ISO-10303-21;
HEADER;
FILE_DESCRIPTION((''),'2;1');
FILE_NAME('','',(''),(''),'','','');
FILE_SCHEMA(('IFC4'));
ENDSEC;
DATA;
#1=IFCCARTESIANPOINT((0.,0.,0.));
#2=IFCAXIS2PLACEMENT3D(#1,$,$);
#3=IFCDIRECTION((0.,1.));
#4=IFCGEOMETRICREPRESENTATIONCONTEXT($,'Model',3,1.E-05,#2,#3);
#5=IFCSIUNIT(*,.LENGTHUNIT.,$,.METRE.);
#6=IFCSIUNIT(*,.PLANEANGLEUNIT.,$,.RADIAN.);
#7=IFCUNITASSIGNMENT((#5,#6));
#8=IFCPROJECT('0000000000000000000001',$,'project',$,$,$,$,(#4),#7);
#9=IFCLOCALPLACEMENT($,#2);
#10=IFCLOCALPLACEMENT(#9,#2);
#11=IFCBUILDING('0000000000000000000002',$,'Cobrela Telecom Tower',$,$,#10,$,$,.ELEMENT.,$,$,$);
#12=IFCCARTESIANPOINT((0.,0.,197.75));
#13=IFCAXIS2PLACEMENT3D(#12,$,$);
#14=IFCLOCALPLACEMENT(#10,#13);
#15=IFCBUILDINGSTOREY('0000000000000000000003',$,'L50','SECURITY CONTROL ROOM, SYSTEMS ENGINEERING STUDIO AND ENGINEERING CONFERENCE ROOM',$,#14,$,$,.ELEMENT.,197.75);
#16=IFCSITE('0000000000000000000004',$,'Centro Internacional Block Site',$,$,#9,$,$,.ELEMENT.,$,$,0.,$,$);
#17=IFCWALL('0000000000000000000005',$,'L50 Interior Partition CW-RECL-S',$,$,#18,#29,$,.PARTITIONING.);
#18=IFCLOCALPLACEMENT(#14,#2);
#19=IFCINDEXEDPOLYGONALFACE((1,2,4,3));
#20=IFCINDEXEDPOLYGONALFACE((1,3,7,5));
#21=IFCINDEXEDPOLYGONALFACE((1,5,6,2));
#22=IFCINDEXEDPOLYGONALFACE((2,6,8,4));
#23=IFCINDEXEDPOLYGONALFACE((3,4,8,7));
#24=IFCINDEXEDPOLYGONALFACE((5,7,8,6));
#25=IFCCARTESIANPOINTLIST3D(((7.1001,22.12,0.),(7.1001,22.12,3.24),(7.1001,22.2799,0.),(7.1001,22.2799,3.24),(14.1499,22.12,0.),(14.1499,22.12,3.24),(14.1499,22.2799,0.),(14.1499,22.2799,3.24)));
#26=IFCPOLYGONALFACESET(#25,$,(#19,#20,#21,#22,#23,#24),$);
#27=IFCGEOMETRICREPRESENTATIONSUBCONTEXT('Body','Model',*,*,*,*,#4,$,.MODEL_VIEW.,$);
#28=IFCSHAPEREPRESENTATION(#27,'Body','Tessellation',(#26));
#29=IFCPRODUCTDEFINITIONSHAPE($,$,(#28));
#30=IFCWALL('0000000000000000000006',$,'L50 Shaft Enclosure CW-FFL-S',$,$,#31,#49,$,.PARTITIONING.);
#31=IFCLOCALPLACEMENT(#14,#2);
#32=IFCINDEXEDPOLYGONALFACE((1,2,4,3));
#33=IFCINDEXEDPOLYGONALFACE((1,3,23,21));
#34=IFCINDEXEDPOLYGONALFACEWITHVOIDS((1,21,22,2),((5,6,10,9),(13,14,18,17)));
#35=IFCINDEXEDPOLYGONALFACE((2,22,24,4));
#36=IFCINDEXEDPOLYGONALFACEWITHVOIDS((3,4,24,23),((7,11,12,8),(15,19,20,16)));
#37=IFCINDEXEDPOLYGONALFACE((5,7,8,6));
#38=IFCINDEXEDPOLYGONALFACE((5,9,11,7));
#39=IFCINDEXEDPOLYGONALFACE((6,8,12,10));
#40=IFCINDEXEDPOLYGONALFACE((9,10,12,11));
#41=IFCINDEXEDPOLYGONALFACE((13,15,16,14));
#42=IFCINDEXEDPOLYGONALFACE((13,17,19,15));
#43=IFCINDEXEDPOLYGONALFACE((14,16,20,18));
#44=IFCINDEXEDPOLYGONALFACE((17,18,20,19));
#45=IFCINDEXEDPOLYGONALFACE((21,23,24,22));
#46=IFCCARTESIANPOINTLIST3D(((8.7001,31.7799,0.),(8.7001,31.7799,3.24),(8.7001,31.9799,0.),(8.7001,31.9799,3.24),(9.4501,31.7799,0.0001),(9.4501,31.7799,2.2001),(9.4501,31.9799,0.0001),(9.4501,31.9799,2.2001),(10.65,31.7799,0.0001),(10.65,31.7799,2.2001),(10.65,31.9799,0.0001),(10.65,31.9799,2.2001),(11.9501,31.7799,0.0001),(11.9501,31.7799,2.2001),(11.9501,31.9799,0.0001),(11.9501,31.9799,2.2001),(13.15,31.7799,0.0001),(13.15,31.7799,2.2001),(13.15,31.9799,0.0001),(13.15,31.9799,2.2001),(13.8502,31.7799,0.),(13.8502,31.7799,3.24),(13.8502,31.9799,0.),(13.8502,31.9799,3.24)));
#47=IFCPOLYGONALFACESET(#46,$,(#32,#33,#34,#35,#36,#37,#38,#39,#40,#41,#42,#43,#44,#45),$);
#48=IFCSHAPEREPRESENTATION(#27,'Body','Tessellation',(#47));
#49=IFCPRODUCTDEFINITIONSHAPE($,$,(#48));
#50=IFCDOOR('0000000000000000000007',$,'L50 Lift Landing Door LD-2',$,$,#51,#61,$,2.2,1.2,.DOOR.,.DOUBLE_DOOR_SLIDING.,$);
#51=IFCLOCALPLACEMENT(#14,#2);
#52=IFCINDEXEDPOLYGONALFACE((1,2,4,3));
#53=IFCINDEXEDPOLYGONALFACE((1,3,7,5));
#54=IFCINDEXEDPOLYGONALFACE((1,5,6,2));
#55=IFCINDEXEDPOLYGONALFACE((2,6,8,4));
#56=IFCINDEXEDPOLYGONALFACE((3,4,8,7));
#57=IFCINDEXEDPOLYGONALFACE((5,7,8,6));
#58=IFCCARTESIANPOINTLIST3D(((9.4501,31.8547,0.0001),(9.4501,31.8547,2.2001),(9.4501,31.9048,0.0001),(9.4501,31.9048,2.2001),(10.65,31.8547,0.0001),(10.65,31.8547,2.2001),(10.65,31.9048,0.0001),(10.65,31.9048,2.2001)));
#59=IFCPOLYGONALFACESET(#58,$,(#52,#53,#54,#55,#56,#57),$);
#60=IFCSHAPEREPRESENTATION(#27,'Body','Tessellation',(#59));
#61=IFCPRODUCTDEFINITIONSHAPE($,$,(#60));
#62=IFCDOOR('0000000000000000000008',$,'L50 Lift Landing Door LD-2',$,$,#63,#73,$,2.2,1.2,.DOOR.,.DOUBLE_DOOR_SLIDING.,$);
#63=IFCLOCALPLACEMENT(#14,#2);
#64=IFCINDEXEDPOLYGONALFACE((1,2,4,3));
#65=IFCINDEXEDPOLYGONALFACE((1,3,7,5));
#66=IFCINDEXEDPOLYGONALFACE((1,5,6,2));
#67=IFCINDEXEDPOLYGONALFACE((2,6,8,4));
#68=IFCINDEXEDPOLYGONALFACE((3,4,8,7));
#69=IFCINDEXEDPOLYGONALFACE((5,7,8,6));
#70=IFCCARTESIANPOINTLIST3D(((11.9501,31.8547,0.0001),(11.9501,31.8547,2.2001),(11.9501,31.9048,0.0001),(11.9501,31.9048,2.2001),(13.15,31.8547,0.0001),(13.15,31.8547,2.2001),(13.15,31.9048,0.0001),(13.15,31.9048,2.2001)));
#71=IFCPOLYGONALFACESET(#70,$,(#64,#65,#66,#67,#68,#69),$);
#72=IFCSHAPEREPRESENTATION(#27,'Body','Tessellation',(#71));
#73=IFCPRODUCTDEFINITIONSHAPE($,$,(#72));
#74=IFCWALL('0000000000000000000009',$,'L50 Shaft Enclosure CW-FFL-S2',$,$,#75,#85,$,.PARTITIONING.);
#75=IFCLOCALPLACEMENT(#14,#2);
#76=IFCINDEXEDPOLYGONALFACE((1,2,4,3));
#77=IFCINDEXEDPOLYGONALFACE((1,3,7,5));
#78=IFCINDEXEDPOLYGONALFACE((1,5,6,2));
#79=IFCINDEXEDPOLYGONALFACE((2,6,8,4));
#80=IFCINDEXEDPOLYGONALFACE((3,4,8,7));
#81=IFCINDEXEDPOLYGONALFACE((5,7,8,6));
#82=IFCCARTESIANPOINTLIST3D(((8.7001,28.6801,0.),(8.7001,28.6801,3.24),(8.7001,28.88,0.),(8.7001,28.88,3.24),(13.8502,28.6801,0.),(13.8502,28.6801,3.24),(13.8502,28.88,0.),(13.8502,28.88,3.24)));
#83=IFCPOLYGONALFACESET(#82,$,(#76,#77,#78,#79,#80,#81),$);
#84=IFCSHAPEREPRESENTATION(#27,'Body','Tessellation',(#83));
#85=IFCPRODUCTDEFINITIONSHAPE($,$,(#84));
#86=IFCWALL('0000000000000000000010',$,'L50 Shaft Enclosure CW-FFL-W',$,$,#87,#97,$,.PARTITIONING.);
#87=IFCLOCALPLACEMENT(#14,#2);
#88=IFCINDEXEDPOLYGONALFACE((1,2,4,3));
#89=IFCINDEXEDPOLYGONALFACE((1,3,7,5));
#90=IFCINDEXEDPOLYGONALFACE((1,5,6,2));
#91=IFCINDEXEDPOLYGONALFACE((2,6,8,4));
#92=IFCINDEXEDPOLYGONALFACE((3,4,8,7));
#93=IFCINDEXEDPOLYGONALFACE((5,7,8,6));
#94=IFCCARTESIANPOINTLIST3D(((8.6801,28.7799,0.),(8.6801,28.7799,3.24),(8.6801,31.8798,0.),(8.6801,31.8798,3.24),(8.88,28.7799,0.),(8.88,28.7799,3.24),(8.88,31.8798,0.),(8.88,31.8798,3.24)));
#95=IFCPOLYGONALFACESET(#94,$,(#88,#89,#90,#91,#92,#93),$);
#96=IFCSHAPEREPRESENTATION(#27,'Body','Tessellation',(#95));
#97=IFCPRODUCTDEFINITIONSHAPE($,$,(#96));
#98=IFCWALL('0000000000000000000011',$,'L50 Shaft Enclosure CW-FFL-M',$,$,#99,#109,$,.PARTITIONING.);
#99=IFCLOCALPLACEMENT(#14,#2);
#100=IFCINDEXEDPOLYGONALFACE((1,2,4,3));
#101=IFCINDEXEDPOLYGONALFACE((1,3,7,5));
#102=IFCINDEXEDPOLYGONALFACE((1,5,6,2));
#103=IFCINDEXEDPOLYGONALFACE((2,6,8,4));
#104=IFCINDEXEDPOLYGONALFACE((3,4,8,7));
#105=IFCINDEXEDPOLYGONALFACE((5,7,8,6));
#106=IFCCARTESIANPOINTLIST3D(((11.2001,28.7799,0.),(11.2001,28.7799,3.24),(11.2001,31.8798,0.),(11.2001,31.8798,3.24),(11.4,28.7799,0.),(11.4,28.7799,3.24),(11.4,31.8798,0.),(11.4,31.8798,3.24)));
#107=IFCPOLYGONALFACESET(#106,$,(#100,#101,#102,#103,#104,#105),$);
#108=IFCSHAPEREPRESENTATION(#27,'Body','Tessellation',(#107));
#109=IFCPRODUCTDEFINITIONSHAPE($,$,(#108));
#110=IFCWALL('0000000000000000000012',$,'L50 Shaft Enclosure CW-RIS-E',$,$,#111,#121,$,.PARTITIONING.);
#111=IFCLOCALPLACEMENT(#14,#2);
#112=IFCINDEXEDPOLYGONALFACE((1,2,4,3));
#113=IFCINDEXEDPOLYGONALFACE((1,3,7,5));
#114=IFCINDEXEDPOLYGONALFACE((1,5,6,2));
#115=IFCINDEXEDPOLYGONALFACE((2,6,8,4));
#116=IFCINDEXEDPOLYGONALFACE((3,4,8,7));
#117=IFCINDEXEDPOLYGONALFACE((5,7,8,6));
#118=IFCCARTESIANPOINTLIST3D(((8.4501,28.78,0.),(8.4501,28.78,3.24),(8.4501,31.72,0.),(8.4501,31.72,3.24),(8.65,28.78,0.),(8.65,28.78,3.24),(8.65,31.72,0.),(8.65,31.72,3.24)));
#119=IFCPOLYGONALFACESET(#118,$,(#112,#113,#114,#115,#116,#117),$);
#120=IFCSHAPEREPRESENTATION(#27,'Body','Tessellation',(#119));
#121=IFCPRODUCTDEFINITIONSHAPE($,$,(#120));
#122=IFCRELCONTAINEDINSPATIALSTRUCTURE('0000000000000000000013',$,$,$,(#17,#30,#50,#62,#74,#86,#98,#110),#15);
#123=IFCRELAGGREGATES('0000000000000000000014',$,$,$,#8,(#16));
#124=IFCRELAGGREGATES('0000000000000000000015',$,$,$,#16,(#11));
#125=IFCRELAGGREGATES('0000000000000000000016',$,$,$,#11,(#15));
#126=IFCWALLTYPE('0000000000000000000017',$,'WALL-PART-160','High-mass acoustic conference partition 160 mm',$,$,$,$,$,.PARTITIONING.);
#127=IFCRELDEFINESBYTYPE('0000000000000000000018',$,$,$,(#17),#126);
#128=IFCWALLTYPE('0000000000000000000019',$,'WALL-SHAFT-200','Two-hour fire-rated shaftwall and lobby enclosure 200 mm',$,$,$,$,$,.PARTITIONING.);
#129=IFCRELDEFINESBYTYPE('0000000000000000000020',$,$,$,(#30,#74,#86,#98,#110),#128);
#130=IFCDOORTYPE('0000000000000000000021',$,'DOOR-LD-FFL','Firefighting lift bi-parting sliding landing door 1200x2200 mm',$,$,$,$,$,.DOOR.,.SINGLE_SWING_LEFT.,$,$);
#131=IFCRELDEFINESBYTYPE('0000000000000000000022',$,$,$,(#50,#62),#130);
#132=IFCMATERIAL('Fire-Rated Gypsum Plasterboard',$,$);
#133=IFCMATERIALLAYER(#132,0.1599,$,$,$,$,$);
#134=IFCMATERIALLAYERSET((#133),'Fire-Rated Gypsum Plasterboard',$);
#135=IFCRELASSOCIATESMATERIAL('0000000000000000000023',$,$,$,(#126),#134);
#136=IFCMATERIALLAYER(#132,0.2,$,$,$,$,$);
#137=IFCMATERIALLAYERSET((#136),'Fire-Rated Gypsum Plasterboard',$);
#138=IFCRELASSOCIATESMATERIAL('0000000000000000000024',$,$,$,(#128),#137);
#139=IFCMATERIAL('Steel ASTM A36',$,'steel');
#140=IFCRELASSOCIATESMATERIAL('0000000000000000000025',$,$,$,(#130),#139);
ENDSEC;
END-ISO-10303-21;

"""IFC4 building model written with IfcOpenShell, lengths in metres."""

from ifc_helpers import new_model, si_unit, direction, frame, frame_2d, origin, place, context, subcontext, project, spatial, rectangle, extrude, material, layer, layer_set, type_object, element, fill, save


model = new_model("IFC4")

# Units and contexts
model_context = context("Model", 3, precision=1e-05, world=origin(), true_north=direction((0.0, 1.0)))
body_context = subcontext(model_context, "Body", "Model", "MODEL_VIEW")
ifc_project = project(units=[si_unit("LENGTHUNIT", "METRE"), si_unit("PLANEANGLEUNIT", "RADIAN")], contexts=[model_context])

# Site, building, storey
site_placement = place(None, origin())
site = spatial("IfcSite", under=ifc_project, at=site_placement, Name="Centro Internacional Block Site", CompositionType="ELEMENT", RefElevation=0.0)
building_placement = place(site_placement, origin())
building = spatial("IfcBuilding", under=site, at=building_placement, Name="Cobrela Telecom Tower", CompositionType="ELEMENT")
storey_placement = place(building_placement, frame((0.0, 0.0, 197.75)))
storey = spatial("IfcBuildingStorey", under=building, at=storey_placement, Name="L50", Description="SECURITY CONTROL ROOM, SYSTEMS ENGINEERING STUDIO AND ENGINEERING CONFERENCE ROOM", CompositionType="ELEMENT", Elevation=197.75)

# Shared definitions
ifc_material_1 = material(Name="Steel ASTM A36", Category="steel")

# Wall
ifc_material_2 = material(Name="Fire-Rated Gypsum Plasterboard")
ifc_layer_1 = layer(ifc_material_2, 0.1599)
ifc_layer_set_1 = layer_set([ifc_layer_1], Name="Fire-Rated Gypsum Plasterboard")
wall_type_1 = type_object("IfcWallType", Name="WALL-PART-160", Description="High-mass acoustic conference partition 160 mm", PredefinedType="PARTITIONING", material=ifc_layer_set_1)
wall_1_placement = place(storey_placement, frame((7.1001, 22.2, 0.0), z_axis=(0.0, 0.0, 1.0), x_axis=(1.0, 0.0, 0.0)))
element("IfcWall", 1, at=wall_1_placement, inside=storey, type_object=wall_type_1, Name="L50 Interior Partition CW-RECL-S", PredefinedType="PARTITIONING", context=body_context, shape_type="SweptSolid", body=[
    extrude(rectangle(XDim=7.0498, YDim=0.1599, at=frame_2d((3.5249, 0.0))), origin(), (0.0, 0.0, 1.0), 3.24),
])

# Wall, openings, doors
ifc_layer_2 = layer(ifc_material_2, 0.2)
ifc_layer_set_2 = layer_set([ifc_layer_2], Name="Fire-Rated Gypsum Plasterboard")
wall_type_2 = type_object("IfcWallType", Name="WALL-SHAFT-200", Description="Two-hour fire-rated shaftwall and lobby enclosure 200 mm", PredefinedType="PARTITIONING", material=ifc_layer_set_2)
wall_2_placement = place(storey_placement, frame((8.7, 31.8799, 0.0), z_axis=(0.0, 0.0, 1.0), x_axis=(1.0, 0.0, 0.0)))
wall_2 = element("IfcWall", 2, at=wall_2_placement, inside=storey, type_object=wall_type_2, Name="L50 Shaft Enclosure CW-FFL-S", PredefinedType="PARTITIONING", context=body_context, shape_type="SweptSolid", body=[
    extrude(rectangle(XDim=5.1501, YDim=0.2, at=frame_2d((2.5752, 0.0))), origin(), (0.0, 0.0, 1.0), 3.24),
])
opening_1_placement = place(wall_2_placement, frame((0.75, 0.0, 0.0)))
opening_1 = element("IfcOpeningElement", 3, at=opening_1_placement, cuts=wall_2, PredefinedType="OPENING", context=body_context, shape_type="SweptSolid", body=[
    extrude(rectangle(XDim=1.2, YDim=2.2, at=frame_2d((0.6001, 1.1001))), frame((0.0, 0.1118, 0.0), z_axis=(0.0, -1.0, 0.0), x_axis=(1.0, 0.0, 0.0)), (0.0, 0.0, 1.0), 0.2239),
])
opening_2_placement = place(wall_2_placement, frame((3.25, 0.0, 0.0)))
opening_2 = element("IfcOpeningElement", 4, at=opening_2_placement, cuts=wall_2, PredefinedType="OPENING", context=body_context, shape_type="SweptSolid", body=[
    extrude(rectangle(XDim=1.2, YDim=2.2, at=frame_2d((0.6001, 1.1001))), frame((0.0, 0.1118, 0.0), z_axis=(0.0, -1.0, 0.0), x_axis=(1.0, 0.0, 0.0)), (0.0, 0.0, 1.0), 0.2239),
])
door_type_1 = type_object("IfcDoorType", Name="DOOR-LD-FFL", Description="Firefighting lift bi-parting sliding landing door 1200x2200 mm", OperationType="SINGLE_SWING_LEFT", PredefinedType="DOOR", material=ifc_material_1)
door_1_placement = place(opening_1_placement, origin())
door_1 = element("IfcDoor", 5, at=door_1_placement, inside=storey, type_object=door_type_1, Name="L50 Lift Landing Door LD-2", OperationType="DOUBLE_DOOR_SLIDING", OverallHeight=2.2, OverallWidth=1.2, PredefinedType="DOOR", context=body_context, shape_type="SweptSolid", body=[
    extrude(rectangle(XDim=1.2, YDim=2.2, at=frame_2d((0.6001, 1.1001))), frame((0.0, 0.0249, 0.0), z_axis=(0.0, -1.0, 0.0), x_axis=(1.0, 0.0, 0.0)), (0.0, 0.0, 1.0), 0.05),
])
fill(opening_1, door_1)
door_2_placement = place(opening_2_placement, origin())
door_2 = element("IfcDoor", 6, at=door_2_placement, inside=storey, type_object=door_type_1, Name="L50 Lift Landing Door LD-2", OperationType="DOUBLE_DOOR_SLIDING", OverallHeight=2.2, OverallWidth=1.2, PredefinedType="DOOR", context=body_context, shape_type="SweptSolid", body=[
    extrude(rectangle(XDim=1.2, YDim=2.2, at=frame_2d((0.6001, 1.1001))), frame((0.0, 0.0249, 0.0), z_axis=(0.0, -1.0, 0.0), x_axis=(1.0, 0.0, 0.0)), (0.0, 0.0, 1.0), 0.05),
])
fill(opening_2, door_2)

# Walls
wall_3_placement = place(storey_placement, frame((8.7, 28.78, 0.0), z_axis=(0.0, 0.0, 1.0), x_axis=(1.0, 0.0, 0.0)))
element("IfcWall", 7, at=wall_3_placement, inside=storey, type_object=wall_type_2, Name="L50 Shaft Enclosure CW-FFL-S2", PredefinedType="PARTITIONING", context=body_context, shape_type="SweptSolid", body=[
    extrude(rectangle(XDim=5.1501, YDim=0.2, at=frame_2d((2.5752, 0.0))), origin(), (0.0, 0.0, 1.0), 3.24),
])
for number, where, z_axis, x_axis, name in (
    (8, (8.78, 28.78, 0.0), (0.0, 0.0, 1.0), (0.0, 1.0, 0.0), "L50 Shaft Enclosure CW-FFL-W"),
    (9, (11.3, 28.78, 0.0), (0.0, 0.0, 1.0), (0.0, 1.0, 0.0), "L50 Shaft Enclosure CW-FFL-M"),
):
    element("IfcWall", number, at=place(storey_placement, frame(where, z_axis=z_axis, x_axis=x_axis)), inside=storey, type_object=wall_type_2, Name=name, PredefinedType="PARTITIONING", context=body_context, shape_type="SweptSolid", body=[
        extrude(rectangle(XDim=3.0999, YDim=0.2, at=frame_2d((1.5498, 0.0))), origin(), (0.0, 0.0, 1.0), 3.24),
    ])
wall_4_placement = place(storey_placement, frame((8.55, 28.78, 0.0), z_axis=(0.0, 0.0, 1.0), x_axis=(0.0, 1.0, 0.0)))
element("IfcWall", 10, at=wall_4_placement, inside=storey, type_object=wall_type_2, Name="L50 Shaft Enclosure CW-RIS-E", PredefinedType="PARTITIONING", context=body_context, shape_type="SweptSolid", body=[
    extrude(rectangle(XDim=2.9399, YDim=0.2, at=frame_2d((1.47, 0.0))), origin(), (0.0, 0.0, 1.0), 3.24),
])

save(model, "model.ifc")
